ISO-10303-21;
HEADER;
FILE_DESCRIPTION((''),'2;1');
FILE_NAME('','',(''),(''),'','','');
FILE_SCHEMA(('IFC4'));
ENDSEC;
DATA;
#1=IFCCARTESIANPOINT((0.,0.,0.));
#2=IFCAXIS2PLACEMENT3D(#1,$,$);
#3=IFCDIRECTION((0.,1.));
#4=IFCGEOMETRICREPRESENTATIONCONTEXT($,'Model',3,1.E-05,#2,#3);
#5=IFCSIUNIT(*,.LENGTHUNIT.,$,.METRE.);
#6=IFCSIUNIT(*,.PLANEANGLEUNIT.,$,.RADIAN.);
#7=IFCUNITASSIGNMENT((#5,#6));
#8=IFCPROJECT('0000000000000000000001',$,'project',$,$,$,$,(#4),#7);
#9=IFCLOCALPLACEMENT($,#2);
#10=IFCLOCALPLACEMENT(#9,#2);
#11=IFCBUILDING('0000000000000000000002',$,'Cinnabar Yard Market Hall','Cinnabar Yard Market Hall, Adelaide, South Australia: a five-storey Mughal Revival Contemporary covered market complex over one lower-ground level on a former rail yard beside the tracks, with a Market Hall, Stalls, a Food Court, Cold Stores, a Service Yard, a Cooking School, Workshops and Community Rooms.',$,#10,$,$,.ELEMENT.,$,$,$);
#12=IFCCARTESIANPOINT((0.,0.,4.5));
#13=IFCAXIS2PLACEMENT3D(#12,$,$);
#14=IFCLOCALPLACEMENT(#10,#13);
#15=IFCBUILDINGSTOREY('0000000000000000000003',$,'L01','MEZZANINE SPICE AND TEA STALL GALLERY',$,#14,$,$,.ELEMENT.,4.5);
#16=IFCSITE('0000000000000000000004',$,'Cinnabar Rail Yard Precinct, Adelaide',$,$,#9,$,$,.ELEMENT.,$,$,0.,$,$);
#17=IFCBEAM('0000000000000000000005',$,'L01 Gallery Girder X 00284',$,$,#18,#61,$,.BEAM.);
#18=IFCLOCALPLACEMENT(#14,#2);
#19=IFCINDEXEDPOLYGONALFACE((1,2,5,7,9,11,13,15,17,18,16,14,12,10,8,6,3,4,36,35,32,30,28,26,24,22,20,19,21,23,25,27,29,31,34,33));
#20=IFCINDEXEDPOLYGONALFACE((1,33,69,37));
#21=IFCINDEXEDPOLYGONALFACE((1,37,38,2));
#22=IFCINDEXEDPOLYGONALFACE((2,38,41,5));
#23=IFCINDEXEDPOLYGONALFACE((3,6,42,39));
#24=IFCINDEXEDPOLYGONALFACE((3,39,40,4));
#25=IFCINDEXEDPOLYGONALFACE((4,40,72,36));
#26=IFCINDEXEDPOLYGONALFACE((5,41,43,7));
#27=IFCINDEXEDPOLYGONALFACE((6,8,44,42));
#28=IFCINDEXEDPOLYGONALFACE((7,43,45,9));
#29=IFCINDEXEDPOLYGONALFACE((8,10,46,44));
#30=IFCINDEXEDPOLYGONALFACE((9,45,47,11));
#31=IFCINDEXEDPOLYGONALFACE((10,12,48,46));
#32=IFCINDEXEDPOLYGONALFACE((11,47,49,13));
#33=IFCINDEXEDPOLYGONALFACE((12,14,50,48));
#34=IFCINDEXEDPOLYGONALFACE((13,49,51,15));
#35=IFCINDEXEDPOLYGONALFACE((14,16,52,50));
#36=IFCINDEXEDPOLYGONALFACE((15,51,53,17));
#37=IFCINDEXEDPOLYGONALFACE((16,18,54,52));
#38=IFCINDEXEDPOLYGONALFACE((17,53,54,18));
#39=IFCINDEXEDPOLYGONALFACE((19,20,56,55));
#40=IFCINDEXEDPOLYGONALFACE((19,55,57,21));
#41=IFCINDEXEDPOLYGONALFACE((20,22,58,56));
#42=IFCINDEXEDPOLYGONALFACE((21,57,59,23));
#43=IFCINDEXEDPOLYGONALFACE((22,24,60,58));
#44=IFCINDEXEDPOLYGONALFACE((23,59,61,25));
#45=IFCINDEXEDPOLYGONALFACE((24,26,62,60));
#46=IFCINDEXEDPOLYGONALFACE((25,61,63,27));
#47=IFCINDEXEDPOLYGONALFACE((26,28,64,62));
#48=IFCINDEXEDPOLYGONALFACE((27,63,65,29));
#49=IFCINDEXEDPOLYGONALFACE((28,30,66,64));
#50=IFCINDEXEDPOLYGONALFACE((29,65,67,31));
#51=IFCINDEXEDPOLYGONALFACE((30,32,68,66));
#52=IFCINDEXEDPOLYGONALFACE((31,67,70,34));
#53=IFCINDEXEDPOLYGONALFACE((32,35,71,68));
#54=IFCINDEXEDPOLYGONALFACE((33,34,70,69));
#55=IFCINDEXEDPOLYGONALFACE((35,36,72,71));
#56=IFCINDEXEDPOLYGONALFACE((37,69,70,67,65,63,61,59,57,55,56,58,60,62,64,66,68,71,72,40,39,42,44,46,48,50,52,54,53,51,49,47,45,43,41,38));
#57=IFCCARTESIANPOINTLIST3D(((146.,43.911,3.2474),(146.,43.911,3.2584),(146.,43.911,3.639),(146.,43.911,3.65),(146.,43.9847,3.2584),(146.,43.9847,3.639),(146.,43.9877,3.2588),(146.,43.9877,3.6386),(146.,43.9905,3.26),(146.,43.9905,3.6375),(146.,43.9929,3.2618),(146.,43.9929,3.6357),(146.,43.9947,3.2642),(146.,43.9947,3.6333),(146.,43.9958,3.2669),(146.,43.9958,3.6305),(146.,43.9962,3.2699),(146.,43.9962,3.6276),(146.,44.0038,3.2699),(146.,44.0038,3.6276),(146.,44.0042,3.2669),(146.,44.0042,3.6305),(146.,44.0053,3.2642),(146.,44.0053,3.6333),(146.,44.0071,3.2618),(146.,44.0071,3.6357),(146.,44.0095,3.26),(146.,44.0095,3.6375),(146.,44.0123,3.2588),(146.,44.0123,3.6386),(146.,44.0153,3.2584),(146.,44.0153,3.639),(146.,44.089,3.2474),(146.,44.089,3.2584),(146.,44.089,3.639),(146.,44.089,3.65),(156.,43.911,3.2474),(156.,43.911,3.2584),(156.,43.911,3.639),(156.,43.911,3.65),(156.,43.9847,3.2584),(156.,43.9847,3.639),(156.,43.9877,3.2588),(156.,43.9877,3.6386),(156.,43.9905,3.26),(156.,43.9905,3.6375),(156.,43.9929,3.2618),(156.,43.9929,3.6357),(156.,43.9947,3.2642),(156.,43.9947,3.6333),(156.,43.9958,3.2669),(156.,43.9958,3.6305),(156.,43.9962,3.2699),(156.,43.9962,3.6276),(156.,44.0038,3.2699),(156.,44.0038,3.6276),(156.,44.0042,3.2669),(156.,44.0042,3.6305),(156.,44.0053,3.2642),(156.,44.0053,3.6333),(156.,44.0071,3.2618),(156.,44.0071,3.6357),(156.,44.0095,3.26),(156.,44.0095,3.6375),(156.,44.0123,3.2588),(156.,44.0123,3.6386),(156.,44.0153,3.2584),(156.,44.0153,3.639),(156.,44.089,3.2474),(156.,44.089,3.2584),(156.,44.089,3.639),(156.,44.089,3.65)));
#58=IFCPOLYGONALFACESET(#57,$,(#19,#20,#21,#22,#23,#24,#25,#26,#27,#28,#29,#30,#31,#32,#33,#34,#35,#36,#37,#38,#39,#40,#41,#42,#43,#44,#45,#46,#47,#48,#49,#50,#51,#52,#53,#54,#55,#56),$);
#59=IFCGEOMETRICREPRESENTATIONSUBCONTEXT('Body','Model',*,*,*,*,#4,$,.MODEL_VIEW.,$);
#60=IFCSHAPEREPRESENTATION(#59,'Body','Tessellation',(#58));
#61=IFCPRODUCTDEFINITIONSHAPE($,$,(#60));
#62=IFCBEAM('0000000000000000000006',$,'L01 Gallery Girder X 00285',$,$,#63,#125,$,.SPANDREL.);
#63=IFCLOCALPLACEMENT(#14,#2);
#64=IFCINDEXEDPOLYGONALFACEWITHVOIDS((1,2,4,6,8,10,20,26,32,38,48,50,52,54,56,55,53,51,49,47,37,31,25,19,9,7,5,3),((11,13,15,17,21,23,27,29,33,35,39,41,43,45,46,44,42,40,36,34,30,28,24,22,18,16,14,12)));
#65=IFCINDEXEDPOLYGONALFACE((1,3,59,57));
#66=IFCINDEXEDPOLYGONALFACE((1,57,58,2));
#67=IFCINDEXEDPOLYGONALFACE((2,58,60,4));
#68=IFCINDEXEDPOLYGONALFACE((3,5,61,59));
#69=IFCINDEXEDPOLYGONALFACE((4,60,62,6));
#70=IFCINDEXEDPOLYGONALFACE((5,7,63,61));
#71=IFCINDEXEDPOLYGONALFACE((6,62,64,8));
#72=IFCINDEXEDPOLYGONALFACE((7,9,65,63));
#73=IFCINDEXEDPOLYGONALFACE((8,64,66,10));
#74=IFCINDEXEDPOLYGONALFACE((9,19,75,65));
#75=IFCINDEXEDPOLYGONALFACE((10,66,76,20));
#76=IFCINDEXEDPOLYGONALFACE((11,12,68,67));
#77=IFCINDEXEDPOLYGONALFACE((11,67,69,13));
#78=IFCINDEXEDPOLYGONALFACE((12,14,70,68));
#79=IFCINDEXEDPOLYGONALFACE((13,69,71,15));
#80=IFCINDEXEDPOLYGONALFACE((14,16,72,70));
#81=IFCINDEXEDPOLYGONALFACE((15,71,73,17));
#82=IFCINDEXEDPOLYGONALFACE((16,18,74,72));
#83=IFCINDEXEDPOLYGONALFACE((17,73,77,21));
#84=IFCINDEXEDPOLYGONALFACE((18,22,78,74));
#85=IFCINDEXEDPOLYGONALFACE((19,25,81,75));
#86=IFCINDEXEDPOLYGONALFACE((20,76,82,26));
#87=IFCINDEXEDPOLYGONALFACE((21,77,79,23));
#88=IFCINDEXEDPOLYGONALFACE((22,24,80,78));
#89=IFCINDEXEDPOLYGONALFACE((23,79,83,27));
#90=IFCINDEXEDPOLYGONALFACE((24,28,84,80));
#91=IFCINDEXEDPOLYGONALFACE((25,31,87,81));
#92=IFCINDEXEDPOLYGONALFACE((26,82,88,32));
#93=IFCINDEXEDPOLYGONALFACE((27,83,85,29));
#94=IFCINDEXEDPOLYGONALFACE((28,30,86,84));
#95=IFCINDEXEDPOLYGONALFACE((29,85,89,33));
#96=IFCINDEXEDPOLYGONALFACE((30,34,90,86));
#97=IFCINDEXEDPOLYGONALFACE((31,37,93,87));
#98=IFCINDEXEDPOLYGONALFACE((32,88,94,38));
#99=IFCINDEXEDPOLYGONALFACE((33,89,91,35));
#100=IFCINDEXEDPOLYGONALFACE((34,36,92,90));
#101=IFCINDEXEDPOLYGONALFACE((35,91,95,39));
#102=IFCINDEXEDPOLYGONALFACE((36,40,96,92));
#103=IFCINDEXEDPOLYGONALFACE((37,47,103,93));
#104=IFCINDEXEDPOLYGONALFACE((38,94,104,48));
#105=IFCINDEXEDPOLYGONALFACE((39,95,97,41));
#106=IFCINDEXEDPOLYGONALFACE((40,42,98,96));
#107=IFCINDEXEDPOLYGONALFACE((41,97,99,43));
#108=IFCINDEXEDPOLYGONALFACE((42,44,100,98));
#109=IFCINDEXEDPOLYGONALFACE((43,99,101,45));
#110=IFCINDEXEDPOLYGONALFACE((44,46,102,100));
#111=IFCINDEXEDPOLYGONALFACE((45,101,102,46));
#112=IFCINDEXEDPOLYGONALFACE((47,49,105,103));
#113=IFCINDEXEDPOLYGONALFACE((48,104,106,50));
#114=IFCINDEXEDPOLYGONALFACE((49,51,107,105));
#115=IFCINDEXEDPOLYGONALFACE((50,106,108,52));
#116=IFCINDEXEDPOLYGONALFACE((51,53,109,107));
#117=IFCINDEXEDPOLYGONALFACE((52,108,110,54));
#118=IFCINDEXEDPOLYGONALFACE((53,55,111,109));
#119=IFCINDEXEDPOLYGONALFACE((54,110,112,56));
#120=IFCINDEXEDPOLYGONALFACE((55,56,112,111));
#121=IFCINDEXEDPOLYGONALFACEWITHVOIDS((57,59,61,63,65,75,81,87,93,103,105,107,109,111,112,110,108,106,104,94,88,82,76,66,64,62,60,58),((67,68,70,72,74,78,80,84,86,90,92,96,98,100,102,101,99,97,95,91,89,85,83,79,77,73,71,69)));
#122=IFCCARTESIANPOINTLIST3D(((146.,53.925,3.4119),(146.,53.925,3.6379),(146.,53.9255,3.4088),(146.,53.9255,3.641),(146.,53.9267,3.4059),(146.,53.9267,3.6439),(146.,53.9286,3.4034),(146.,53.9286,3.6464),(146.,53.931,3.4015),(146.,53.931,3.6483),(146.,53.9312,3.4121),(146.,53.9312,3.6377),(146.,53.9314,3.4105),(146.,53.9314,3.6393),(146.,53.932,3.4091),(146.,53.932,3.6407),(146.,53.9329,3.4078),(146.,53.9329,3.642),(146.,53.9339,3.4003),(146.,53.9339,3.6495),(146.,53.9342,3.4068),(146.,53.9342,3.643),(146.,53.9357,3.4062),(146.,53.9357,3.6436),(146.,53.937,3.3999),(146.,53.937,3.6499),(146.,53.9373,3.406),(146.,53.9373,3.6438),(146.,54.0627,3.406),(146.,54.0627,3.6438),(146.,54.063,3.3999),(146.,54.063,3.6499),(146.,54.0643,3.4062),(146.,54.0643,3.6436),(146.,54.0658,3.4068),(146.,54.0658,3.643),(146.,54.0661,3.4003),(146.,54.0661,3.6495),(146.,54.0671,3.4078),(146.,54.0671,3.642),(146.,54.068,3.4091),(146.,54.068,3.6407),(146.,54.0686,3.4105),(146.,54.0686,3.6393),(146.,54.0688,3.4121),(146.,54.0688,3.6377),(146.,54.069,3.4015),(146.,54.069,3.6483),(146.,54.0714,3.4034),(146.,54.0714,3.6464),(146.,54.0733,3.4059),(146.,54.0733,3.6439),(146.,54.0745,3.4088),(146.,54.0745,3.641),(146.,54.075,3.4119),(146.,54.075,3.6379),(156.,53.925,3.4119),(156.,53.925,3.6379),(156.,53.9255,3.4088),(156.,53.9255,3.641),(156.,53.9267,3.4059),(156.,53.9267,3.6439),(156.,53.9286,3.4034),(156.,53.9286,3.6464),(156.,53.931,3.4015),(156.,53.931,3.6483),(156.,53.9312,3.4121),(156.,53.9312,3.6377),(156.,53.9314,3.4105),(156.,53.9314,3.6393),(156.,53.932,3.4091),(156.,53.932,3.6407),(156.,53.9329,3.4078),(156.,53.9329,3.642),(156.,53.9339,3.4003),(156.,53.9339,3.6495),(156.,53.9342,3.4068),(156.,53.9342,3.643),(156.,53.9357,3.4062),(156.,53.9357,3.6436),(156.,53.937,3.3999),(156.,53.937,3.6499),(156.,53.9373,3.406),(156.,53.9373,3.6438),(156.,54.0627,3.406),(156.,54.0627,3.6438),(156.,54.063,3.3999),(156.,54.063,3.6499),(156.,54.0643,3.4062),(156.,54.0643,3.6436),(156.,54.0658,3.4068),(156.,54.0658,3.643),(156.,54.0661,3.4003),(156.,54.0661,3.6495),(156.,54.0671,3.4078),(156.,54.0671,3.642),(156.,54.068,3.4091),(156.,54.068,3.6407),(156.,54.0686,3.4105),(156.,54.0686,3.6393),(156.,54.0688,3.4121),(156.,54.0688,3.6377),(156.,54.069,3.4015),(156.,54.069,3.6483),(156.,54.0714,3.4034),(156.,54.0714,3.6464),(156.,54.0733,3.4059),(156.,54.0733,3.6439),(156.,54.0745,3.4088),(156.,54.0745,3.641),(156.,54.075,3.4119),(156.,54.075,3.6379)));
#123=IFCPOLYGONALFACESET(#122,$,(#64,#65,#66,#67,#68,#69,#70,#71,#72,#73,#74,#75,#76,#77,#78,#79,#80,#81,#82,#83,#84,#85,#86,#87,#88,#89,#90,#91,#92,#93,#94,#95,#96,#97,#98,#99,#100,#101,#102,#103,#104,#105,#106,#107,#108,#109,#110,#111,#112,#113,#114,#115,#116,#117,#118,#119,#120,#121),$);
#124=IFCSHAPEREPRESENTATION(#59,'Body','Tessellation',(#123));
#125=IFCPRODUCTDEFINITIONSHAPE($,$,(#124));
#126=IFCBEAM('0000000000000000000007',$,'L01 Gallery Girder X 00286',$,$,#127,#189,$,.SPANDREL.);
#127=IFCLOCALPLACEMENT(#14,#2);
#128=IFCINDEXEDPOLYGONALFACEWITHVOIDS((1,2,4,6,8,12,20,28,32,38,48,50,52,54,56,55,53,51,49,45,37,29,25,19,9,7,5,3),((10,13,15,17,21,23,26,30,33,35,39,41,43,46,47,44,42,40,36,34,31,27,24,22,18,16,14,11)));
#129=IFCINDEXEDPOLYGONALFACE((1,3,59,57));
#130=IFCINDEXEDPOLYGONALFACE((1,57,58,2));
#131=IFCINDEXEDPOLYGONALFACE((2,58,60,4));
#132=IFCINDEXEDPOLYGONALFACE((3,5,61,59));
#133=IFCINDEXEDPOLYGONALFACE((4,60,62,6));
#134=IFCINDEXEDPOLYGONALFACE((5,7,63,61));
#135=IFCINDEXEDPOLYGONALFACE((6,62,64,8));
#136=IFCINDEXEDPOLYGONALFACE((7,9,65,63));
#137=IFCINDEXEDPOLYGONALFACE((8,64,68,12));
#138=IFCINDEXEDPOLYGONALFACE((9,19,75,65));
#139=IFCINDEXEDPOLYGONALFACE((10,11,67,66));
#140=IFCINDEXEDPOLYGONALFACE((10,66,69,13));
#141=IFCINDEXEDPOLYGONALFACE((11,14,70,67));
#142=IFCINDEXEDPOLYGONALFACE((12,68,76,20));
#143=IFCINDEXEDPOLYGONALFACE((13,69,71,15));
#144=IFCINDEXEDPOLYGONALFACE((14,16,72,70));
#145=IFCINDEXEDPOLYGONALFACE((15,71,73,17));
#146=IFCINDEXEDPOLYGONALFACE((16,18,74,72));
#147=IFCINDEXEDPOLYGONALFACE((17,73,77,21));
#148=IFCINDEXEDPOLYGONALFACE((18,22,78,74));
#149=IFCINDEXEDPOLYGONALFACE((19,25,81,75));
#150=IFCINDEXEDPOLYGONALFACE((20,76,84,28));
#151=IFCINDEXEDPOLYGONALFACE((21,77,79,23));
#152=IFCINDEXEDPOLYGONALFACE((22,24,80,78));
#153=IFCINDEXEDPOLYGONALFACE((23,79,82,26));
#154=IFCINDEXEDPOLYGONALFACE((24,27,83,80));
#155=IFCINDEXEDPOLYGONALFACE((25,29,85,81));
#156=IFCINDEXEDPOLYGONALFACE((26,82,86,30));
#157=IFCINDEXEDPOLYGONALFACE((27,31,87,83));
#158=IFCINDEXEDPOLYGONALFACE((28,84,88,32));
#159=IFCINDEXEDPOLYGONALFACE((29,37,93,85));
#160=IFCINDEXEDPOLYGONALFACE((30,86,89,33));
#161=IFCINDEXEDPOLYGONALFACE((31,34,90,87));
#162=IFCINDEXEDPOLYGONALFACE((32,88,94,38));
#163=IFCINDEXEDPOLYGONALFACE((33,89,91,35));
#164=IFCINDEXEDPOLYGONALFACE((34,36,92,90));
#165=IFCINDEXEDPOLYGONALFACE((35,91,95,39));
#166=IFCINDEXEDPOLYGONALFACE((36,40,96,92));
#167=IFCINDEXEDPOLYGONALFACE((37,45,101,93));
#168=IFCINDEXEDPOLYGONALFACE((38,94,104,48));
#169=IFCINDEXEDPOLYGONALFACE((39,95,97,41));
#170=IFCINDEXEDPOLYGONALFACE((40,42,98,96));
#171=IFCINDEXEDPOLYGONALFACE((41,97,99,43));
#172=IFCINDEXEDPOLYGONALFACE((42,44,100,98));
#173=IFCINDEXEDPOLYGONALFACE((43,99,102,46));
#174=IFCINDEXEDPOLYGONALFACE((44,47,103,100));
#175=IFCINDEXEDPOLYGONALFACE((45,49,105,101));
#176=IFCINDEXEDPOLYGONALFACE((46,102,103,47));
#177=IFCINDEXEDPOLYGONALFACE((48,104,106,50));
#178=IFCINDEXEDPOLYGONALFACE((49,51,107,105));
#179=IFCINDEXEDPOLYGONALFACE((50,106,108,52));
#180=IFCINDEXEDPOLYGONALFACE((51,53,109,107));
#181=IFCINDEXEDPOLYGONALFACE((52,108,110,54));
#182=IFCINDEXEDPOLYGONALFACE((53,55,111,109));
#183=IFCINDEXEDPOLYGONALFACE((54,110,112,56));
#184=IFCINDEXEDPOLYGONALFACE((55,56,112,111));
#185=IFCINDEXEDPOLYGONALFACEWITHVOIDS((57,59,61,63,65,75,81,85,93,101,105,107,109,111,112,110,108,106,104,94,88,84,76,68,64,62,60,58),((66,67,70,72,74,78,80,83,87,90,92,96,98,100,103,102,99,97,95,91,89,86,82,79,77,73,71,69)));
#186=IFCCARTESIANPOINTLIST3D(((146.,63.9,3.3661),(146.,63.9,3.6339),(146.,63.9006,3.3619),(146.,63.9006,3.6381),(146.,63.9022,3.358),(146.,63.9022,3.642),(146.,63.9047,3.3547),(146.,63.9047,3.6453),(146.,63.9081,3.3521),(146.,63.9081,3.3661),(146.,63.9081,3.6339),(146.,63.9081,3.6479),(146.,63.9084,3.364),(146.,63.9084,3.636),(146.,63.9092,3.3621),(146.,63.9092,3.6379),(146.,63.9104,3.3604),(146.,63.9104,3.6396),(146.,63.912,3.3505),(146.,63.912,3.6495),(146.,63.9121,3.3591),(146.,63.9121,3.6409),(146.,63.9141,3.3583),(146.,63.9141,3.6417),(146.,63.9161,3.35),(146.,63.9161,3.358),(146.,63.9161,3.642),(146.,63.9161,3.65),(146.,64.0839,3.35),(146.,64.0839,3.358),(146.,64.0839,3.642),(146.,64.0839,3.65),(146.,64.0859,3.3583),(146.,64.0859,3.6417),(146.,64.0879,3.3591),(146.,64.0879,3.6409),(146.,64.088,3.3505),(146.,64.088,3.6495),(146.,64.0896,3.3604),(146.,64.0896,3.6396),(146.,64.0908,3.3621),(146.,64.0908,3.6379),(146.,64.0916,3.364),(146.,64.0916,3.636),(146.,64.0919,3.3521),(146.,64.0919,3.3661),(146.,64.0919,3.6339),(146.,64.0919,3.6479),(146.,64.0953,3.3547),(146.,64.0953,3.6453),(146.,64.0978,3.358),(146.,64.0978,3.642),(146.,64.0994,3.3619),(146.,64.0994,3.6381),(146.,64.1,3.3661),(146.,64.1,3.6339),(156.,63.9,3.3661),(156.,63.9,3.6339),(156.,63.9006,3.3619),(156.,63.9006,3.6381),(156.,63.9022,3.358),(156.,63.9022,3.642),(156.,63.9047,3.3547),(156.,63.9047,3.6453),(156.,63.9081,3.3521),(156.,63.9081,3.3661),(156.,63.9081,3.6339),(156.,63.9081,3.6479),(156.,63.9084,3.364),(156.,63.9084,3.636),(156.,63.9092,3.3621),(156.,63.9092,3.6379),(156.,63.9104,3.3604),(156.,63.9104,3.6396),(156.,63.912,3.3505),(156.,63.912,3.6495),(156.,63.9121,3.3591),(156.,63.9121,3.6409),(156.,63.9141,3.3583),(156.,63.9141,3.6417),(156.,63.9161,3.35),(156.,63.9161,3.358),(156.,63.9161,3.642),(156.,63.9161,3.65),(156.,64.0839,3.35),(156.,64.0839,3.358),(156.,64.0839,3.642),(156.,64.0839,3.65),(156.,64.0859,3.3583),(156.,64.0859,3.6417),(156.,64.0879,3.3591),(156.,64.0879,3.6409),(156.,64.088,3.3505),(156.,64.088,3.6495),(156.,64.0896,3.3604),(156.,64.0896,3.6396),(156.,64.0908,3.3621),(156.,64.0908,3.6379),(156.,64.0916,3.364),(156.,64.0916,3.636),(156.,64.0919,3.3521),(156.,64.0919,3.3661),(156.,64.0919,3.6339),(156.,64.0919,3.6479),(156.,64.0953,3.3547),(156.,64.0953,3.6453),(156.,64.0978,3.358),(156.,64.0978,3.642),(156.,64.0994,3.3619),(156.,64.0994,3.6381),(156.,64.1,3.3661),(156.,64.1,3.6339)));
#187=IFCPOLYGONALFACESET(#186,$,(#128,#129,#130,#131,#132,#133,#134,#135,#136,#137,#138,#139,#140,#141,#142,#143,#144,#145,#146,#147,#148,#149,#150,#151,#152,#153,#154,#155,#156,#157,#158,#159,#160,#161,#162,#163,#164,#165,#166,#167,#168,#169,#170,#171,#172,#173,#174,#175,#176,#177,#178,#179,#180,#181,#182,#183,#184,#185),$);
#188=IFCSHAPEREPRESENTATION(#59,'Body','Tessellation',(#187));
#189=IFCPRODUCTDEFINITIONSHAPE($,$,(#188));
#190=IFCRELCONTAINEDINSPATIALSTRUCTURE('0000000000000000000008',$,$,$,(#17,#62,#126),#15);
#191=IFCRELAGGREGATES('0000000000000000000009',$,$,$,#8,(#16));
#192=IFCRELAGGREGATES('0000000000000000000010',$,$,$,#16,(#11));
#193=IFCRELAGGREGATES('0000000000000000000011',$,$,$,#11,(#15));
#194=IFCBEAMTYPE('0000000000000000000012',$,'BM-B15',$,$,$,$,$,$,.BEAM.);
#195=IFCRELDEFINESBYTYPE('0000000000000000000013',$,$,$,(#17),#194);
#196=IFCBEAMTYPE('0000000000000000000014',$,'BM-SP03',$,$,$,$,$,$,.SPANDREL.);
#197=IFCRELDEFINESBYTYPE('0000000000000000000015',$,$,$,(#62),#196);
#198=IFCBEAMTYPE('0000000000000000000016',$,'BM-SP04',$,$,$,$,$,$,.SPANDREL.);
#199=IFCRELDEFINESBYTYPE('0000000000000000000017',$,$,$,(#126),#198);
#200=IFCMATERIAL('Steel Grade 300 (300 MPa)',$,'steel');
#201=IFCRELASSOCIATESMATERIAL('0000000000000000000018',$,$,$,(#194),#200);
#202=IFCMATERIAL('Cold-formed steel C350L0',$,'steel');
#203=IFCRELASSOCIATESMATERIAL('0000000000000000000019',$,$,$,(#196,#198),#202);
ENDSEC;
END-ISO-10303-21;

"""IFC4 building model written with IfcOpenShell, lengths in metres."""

from ifc_helpers import new_model, si_unit, direction, frame, origin, origin_2d_with_axis, place, context, subcontext, project, spatial, hollow_rectangle, i_section, extrude, material, material_profile, profile_set, type_object, element, save


model = new_model("IFC4")

# Units and contexts
model_context = context("Model", 3, precision=1e-05, world=origin(), true_north=direction((0.0, 1.0)))
body_context = subcontext(model_context, "Body", "Model", "MODEL_VIEW")
ifc_project = project(units=[si_unit("LENGTHUNIT", "METRE"), si_unit("PLANEANGLEUNIT", "RADIAN")], contexts=[model_context])

# Site, building, storey
site_placement = place(None, origin())
site = spatial("IfcSite", under=ifc_project, at=site_placement, Name="Cinnabar Rail Yard Precinct, Adelaide", CompositionType="ELEMENT", RefElevation=0.0)
building_placement = place(site_placement, origin())
building = spatial("IfcBuilding", under=site, at=building_placement, Name="Cinnabar Yard Market Hall", Description="Cinnabar Yard Market Hall, Adelaide, South Australia: a five-storey Mughal Revival Contemporary covered market complex over one lower-ground level on a former rail yard beside the tracks, with a Market Hall, Stalls, a Food Court, Cold Stores, a Service Yard, a Cooking School, Workshops and Community Rooms.", CompositionType="ELEMENT")
storey_placement = place(building_placement, frame((0.0, 0.0, 4.5)))
storey = spatial("IfcBuildingStorey", under=building, at=storey_placement, Name="L01", Description="MEZZANINE SPICE AND TEA STALL GALLERY", CompositionType="ELEMENT", Elevation=4.5)

# Beams
ifc_material_1 = material(Name="Steel Grade 300 (300 MPa)", Category="steel")
ifc_material_profile_1 = material_profile(ifc_material_1, i_section(OverallWidth=0.178, OverallDepth=0.4026, WebThickness=0.0076, FlangeThickness=0.011, FilletRadius=0.0115, at=origin_2d_with_axis()), Name="410UB53.7")
ifc_profile_set_1 = profile_set([ifc_material_profile_1], Name="Steel Grade 300 (300 MPa)")
beam_type_1 = type_object("IfcBeamType", Name="BM-B15", PredefinedType="BEAM", material=ifc_profile_set_1)
for number, where, z_axis, x_axis, name in (
    (1, (146.0, 44.0, 3.4487), (1.0, 0.0, 0.0), (0.0, 1.0, 0.0), "L01 Gallery Girder X 00284"),
):
    element("IfcBeam", number, at=place(storey_placement, frame(where, z_axis=z_axis, x_axis=x_axis)), inside=storey, type_object=beam_type_1, Name=name, PredefinedType="BEAM", context=body_context, shape_type="SweptSolid", body=[
        extrude(i_section(OverallWidth=0.178, OverallDepth=0.4026, WebThickness=0.0076, FlangeThickness=0.011, FilletRadius=0.0115, at=origin_2d_with_axis()), origin(), (0.0, 0.0, 1.0), 10.0),
    ])
ifc_material_2 = material(Name="Cold-formed steel C350L0", Category="steel")
ifc_material_profile_2 = material_profile(ifc_material_2, hollow_rectangle(XDim=0.1499, YDim=0.25, WallThickness=0.0061, InnerFilletRadius=0.0061, OuterFilletRadius=0.012, at=origin_2d_with_axis()), Name="250x150x6.0RHS")
ifc_profile_set_2 = profile_set([ifc_material_profile_2], Name="Cold-formed steel C350L0")
beam_type_2 = type_object("IfcBeamType", Name="BM-SP03", PredefinedType="SPANDREL", material=ifc_profile_set_2)
beam_1_placement = place(storey_placement, frame((146.0, 54.0, 3.5249), z_axis=(1.0, 0.0, 0.0), x_axis=(0.0, 1.0, 0.0)))
element("IfcBeam", 2, at=beam_1_placement, inside=storey, type_object=beam_type_2, Name="L01 Gallery Girder X 00285", PredefinedType="SPANDREL", context=body_context, shape_type="SweptSolid", body=[
    extrude(hollow_rectangle(XDim=0.1499, YDim=0.25, WallThickness=0.0061, InnerFilletRadius=0.0061, OuterFilletRadius=0.012, at=origin_2d_with_axis()), origin(), (0.0, 0.0, 1.0), 10.0),
])
ifc_material_profile_3 = material_profile(ifc_material_2, hollow_rectangle(XDim=0.2, YDim=0.3, WallThickness=0.0081, InnerFilletRadius=0.0081, OuterFilletRadius=0.0161, at=origin_2d_with_axis()), Name="300x200x8.0RHS")
ifc_profile_set_3 = profile_set([ifc_material_profile_3], Name="Cold-formed steel C350L0")
beam_type_3 = type_object("IfcBeamType", Name="BM-SP04", PredefinedType="SPANDREL", material=ifc_profile_set_3)
beam_2_placement = place(storey_placement, frame((146.0, 64.0, 3.5), z_axis=(1.0, 0.0, 0.0), x_axis=(0.0, 1.0, 0.0)))
element("IfcBeam", 3, at=beam_2_placement, inside=storey, type_object=beam_type_3, Name="L01 Gallery Girder X 00286", PredefinedType="SPANDREL", context=body_context, shape_type="SweptSolid", body=[
    extrude(hollow_rectangle(XDim=0.2, YDim=0.3, WallThickness=0.0081, InnerFilletRadius=0.0081, OuterFilletRadius=0.0161, at=origin_2d_with_axis()), origin(), (0.0, 0.0, 1.0), 10.0),
])

save(model, "model.ifc")
